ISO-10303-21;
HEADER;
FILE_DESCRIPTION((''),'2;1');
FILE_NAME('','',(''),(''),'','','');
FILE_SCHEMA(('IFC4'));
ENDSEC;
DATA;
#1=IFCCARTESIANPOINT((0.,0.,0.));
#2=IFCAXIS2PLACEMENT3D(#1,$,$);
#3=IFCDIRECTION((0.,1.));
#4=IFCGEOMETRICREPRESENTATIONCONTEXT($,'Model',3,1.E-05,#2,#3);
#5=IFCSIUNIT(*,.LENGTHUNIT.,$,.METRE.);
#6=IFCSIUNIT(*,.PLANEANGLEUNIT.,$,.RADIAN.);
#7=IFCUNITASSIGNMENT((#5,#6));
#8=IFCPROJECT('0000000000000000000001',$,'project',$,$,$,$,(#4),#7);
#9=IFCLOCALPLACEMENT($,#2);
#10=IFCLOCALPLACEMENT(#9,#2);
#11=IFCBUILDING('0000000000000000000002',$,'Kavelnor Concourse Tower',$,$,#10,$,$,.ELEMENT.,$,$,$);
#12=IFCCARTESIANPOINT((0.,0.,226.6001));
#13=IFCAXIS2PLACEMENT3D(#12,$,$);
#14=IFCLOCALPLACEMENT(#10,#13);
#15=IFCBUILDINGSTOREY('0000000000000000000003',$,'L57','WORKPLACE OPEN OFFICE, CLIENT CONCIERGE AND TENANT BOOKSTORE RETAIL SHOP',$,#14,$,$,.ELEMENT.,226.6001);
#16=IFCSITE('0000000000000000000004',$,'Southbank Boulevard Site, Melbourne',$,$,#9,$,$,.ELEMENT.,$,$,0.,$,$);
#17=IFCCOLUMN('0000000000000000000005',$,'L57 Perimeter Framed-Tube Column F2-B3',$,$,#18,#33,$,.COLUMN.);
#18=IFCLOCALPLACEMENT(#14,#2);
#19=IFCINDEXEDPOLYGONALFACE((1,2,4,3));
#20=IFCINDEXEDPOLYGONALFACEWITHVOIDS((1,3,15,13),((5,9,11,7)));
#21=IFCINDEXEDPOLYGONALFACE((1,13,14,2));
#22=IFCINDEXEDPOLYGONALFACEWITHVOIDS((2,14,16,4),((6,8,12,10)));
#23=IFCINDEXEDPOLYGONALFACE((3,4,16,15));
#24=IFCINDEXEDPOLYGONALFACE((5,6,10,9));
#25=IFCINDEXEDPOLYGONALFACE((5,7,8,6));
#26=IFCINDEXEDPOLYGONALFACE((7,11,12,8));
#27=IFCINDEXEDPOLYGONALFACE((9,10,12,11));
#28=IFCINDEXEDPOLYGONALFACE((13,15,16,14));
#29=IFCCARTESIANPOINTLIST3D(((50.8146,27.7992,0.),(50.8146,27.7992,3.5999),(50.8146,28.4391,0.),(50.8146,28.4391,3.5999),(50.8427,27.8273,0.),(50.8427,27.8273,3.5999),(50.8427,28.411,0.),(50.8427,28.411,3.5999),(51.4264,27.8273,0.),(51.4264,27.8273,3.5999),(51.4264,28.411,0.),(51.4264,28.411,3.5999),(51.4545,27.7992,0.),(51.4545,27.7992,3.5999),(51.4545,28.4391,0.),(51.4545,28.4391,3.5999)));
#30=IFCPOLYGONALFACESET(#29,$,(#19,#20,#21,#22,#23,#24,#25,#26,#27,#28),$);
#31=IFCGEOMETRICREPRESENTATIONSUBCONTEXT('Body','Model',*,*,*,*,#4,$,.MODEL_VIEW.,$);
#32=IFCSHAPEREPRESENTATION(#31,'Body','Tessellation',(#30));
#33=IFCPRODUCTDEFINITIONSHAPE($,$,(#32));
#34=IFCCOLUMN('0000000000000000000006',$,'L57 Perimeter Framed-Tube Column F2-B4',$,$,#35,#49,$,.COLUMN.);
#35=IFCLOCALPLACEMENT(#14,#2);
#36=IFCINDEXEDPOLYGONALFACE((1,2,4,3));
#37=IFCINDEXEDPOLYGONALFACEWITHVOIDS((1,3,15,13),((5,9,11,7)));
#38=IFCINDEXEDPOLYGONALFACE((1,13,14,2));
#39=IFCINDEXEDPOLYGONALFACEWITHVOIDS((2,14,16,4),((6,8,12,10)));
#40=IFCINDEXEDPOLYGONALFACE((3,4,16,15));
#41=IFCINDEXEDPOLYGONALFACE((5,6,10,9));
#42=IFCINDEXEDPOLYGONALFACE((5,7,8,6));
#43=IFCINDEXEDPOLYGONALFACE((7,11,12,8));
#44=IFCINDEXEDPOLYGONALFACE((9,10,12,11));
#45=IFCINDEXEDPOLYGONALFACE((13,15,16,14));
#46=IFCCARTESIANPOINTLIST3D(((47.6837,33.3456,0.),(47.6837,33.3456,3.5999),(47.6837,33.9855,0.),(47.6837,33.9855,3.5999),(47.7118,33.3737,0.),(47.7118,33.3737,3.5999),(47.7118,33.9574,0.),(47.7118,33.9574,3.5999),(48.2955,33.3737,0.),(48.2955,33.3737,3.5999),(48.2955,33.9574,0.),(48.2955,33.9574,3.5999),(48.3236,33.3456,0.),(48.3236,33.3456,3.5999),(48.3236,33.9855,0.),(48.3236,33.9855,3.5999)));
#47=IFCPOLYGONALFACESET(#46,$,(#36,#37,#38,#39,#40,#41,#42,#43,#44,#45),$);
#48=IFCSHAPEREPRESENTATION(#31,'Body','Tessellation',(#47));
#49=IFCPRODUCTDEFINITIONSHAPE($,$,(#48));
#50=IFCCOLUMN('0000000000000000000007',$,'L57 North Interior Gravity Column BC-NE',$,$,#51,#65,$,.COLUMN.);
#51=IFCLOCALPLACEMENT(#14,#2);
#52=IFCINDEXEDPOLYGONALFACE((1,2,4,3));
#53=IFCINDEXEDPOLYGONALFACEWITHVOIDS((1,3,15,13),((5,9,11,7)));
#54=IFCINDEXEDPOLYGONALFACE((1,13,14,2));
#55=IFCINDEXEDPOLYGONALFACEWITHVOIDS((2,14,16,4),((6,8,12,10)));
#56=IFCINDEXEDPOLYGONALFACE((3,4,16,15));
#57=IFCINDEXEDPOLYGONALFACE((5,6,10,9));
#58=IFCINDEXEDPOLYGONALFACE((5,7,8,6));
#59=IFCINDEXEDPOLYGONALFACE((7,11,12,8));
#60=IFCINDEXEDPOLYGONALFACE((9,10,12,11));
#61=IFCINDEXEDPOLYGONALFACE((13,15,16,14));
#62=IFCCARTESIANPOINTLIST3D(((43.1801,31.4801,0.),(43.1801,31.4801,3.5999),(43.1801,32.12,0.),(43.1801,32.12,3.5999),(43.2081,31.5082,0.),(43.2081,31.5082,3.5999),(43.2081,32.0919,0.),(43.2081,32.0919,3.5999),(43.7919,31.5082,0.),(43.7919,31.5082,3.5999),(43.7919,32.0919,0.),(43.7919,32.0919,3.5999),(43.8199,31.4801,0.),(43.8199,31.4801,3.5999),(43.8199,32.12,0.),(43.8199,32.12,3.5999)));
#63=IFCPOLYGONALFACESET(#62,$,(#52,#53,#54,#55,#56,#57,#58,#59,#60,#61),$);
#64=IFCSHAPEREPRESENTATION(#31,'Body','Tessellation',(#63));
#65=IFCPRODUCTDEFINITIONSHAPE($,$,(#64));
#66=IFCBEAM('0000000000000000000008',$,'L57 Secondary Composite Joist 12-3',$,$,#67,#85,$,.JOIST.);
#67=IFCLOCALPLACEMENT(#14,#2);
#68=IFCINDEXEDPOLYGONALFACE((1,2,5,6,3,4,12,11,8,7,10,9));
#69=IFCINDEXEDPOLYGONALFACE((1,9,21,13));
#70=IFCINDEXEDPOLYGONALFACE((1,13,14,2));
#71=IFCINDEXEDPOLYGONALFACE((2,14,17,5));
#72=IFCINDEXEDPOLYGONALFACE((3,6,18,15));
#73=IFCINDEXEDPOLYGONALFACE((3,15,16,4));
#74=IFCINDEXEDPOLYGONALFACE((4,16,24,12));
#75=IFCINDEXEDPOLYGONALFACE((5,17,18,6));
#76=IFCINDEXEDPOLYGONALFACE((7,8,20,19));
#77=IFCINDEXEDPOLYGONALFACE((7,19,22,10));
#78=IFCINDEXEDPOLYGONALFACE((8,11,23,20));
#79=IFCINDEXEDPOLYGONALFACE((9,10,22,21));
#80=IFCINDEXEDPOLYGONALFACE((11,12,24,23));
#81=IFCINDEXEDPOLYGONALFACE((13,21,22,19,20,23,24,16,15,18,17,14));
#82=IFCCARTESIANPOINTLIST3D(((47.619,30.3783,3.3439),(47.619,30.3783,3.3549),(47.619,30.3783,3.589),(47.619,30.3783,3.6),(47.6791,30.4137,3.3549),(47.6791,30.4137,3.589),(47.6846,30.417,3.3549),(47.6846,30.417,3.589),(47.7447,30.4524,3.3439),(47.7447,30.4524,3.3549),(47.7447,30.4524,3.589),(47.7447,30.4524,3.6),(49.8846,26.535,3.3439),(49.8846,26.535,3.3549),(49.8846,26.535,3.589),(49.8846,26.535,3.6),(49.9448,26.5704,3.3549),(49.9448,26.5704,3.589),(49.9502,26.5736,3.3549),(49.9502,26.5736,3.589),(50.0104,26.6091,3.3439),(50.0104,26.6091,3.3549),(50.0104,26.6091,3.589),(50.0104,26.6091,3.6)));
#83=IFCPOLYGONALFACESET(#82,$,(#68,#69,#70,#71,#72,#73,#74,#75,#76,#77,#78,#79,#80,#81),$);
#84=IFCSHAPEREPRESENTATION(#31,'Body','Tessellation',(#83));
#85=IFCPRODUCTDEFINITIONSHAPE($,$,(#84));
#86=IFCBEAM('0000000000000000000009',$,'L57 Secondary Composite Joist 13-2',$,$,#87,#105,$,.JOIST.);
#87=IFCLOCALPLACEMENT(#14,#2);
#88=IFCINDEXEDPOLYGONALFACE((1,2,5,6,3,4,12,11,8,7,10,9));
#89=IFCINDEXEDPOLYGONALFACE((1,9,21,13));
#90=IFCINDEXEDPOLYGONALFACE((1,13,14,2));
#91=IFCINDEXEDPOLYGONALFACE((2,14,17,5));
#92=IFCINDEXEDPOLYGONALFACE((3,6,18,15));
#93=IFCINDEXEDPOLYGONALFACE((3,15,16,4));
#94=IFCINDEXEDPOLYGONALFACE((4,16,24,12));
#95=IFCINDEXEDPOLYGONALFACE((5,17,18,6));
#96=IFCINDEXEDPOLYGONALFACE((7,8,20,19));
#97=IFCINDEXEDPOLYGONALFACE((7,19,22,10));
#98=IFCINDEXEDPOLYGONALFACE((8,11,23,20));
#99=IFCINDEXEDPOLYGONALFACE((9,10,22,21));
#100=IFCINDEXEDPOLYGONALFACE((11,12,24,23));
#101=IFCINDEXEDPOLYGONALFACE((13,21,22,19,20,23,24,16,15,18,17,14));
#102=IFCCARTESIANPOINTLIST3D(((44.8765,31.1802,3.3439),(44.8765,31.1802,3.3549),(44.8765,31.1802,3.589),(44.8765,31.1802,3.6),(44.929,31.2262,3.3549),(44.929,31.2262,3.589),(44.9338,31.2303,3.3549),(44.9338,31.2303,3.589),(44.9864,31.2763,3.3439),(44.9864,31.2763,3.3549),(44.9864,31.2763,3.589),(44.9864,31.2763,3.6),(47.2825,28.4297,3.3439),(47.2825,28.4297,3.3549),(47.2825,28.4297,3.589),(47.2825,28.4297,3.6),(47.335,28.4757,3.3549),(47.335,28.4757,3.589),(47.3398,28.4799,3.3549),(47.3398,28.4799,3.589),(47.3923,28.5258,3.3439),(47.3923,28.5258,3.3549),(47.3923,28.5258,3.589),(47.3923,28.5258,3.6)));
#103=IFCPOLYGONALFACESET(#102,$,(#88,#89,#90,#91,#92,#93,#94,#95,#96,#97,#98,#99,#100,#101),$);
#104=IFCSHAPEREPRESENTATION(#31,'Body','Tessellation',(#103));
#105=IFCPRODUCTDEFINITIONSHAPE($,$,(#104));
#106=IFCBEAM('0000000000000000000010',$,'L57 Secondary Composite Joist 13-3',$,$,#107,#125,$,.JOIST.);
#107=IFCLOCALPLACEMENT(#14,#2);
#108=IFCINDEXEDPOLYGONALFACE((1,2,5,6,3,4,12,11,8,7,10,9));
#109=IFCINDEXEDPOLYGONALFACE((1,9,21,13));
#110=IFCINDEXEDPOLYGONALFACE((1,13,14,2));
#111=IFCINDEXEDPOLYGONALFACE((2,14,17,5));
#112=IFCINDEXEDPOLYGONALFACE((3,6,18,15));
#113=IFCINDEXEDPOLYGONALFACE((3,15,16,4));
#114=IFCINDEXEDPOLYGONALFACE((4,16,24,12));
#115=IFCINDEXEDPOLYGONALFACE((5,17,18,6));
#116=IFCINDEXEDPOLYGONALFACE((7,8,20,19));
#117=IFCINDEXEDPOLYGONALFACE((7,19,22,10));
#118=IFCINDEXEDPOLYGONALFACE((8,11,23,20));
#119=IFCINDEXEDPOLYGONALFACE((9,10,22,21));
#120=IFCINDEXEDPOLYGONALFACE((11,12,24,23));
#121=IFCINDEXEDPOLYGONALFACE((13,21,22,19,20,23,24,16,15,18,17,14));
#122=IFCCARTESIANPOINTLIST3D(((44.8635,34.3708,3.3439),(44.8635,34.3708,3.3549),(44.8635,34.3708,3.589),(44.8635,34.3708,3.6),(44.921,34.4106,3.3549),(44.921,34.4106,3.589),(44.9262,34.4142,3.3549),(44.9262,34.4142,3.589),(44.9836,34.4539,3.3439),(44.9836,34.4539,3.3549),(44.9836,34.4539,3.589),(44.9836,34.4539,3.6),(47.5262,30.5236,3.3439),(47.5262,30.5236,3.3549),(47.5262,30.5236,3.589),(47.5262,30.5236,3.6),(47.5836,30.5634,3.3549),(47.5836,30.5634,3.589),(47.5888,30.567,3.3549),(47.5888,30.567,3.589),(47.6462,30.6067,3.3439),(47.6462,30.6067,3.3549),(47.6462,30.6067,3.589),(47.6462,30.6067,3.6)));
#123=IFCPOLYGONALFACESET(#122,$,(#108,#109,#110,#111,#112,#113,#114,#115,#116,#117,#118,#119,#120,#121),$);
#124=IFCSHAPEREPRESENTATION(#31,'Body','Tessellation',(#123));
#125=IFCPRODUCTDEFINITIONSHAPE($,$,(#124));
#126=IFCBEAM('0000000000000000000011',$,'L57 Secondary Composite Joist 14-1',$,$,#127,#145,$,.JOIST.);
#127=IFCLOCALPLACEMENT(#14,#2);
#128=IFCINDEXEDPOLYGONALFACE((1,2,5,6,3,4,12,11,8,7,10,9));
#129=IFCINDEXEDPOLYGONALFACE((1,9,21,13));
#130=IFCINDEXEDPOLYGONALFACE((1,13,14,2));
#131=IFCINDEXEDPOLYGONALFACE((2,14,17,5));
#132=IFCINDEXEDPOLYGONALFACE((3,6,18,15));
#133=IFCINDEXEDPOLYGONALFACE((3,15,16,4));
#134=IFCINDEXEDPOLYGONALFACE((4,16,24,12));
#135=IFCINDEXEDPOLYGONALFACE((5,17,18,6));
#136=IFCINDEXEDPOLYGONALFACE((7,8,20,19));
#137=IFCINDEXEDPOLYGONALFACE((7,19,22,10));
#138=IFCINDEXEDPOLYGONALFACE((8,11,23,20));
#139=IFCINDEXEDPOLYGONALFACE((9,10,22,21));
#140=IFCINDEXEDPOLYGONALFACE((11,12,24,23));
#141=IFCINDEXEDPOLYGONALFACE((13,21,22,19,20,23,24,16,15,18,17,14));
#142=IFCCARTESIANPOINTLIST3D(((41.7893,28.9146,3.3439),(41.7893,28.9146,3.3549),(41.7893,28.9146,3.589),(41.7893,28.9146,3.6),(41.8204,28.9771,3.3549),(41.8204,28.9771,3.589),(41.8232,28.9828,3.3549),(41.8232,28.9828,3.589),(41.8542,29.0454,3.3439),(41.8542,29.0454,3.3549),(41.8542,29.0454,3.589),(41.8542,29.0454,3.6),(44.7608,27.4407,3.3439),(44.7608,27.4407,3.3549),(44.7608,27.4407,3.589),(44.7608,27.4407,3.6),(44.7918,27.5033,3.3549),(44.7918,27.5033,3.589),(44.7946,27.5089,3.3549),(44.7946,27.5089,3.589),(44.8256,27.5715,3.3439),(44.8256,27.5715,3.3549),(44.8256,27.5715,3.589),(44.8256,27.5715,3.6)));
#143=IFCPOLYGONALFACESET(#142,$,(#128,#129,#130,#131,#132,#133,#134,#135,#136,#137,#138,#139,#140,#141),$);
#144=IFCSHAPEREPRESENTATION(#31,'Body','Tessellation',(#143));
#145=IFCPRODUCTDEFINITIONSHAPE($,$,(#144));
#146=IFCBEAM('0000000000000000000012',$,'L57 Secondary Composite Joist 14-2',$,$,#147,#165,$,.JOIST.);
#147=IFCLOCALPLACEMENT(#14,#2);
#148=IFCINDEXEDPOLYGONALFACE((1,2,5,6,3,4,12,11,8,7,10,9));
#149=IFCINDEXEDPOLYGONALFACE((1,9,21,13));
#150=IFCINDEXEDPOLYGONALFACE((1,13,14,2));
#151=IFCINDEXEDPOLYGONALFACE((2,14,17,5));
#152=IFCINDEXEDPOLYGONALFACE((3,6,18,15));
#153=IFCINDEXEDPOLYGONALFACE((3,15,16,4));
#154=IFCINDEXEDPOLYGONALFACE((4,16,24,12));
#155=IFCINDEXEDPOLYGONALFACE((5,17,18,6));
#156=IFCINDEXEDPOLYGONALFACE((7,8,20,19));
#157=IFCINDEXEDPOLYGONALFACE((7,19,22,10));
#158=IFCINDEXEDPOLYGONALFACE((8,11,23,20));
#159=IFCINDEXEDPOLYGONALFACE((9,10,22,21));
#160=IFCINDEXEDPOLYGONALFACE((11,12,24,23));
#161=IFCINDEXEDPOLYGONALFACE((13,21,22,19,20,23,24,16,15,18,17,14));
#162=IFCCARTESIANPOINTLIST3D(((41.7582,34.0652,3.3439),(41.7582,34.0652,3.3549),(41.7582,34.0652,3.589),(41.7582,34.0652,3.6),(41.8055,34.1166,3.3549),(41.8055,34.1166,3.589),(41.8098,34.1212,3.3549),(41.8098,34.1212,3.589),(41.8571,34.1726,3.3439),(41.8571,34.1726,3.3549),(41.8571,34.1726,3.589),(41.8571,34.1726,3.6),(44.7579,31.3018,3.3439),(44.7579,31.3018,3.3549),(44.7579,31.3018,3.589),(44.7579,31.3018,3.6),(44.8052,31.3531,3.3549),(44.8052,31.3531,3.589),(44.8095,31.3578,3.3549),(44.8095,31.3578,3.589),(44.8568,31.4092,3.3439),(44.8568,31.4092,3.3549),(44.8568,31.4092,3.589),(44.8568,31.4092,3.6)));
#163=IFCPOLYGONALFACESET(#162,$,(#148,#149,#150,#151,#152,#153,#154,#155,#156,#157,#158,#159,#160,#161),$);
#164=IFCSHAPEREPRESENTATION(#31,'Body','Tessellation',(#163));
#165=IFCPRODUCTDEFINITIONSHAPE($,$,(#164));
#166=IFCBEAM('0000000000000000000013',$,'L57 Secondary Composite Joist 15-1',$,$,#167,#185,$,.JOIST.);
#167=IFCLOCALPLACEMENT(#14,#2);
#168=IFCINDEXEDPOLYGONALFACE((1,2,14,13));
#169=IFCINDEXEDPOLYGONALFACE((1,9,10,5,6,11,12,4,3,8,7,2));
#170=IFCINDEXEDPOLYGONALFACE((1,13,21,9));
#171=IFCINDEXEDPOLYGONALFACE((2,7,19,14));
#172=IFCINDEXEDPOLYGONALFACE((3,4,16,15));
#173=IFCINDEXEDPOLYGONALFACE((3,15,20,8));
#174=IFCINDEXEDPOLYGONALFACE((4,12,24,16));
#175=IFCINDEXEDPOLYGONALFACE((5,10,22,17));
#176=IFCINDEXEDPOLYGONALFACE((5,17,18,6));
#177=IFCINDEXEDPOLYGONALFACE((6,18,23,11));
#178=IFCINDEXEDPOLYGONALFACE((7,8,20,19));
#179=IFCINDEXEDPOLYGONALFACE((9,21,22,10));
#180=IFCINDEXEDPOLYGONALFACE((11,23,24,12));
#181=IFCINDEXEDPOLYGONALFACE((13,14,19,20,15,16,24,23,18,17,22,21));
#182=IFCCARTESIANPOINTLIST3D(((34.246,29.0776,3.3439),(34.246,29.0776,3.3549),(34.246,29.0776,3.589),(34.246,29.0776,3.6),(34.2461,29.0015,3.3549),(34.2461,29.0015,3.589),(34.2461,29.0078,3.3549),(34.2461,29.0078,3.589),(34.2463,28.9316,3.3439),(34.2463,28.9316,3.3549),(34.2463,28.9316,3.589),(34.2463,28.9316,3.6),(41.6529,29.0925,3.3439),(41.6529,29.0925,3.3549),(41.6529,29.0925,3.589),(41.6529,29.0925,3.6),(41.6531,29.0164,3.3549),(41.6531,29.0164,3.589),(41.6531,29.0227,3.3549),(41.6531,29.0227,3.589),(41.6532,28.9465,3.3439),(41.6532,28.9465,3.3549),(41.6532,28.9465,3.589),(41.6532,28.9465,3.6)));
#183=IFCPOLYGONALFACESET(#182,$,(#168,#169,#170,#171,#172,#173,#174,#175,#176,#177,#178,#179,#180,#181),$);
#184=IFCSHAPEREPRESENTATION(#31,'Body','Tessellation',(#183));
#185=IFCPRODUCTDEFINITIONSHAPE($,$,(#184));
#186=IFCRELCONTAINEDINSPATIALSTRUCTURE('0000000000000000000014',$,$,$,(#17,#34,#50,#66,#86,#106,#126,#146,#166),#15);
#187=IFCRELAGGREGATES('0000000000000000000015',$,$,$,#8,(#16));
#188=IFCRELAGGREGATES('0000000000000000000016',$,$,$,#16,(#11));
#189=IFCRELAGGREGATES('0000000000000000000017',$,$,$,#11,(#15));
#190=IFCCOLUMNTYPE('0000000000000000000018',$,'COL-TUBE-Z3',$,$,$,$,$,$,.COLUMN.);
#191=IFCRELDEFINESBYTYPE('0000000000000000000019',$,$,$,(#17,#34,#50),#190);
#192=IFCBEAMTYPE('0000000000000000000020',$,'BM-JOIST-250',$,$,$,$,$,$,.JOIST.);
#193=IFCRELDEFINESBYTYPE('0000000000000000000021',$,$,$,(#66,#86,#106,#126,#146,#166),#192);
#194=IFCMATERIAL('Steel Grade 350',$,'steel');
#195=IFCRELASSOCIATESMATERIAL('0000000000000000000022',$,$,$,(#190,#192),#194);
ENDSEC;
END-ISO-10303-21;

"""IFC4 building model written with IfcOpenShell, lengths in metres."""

from ifc_helpers import new_model, si_unit, direction, frame, origin, origin_2d, place, context, subcontext, project, spatial, hollow_rectangle, i_section, extrude, material, material_profile, profile_set, type_object, element, save


model = new_model("IFC4")

# Units and contexts
model_context = context("Model", 3, precision=1e-05, world=origin(), true_north=direction((0.0, 1.0)))
body_context = subcontext(model_context, "Body", "Model", "MODEL_VIEW")
ifc_project = project(units=[si_unit("LENGTHUNIT", "METRE"), si_unit("PLANEANGLEUNIT", "RADIAN")], contexts=[model_context])

# Site, building, storey
site_placement = place(None, origin())
site = spatial("IfcSite", under=ifc_project, at=site_placement, Name="Southbank Boulevard Site, Melbourne", CompositionType="ELEMENT", RefElevation=0.0)
building_placement = place(site_placement, origin())
building = spatial("IfcBuilding", under=site, at=building_placement, Name="Kavelnor Concourse Tower", CompositionType="ELEMENT")
storey_placement = place(building_placement, frame((0.0, 0.0, 226.6001)))
storey = spatial("IfcBuildingStorey", under=building, at=storey_placement, Name="L57", Description="WORKPLACE OPEN OFFICE, CLIENT CONCIERGE AND TENANT BOOKSTORE RETAIL SHOP", CompositionType="ELEMENT", Elevation=226.6001)

# Columns
ifc_material_1 = material(Name="Steel Grade 350", Category="steel")
ifc_material_profile_1 = material_profile(ifc_material_1, hollow_rectangle(XDim=0.6399, YDim=0.6399, WallThickness=0.0281, at=origin_2d()), Name="SHS 640x640x28")
ifc_profile_set_1 = profile_set([ifc_material_profile_1], Name="Steel Grade 350")
column_type = type_object("IfcColumnType", Name="COL-TUBE-Z3", PredefinedType="COLUMN", material=ifc_profile_set_1)
for number, where, z_axis, x_axis, name in (
    (1, (51.1345, 28.1191, 0.0), (0.0, 0.0, 1.0), (1.0, 0.0, 0.0), "L57 Perimeter Framed-Tube Column F2-B3"),
    (2, (48.0037, 33.6655, 0.0), (0.0, 0.0, 1.0), (1.0, 0.0, 0.0), "L57 Perimeter Framed-Tube Column F2-B4"),
    (3, (43.5, 31.8, 0.0), (0.0, 0.0, 1.0), (1.0, 0.0, 0.0), "L57 North Interior Gravity Column BC-NE"),
):
    element("IfcColumn", number, at=place(storey_placement, frame(where, z_axis=z_axis, x_axis=x_axis)), inside=storey, type_object=column_type, Name=name, PredefinedType="COLUMN", context=body_context, shape_type="SweptSolid", body=[
        extrude(hollow_rectangle(XDim=0.6399, YDim=0.6399, WallThickness=0.0281, at=origin_2d()), origin(), (0.0, 0.0, 1.0), 3.5999),
    ])

# Beams
ifc_material_profile_2 = material_profile(ifc_material_1, i_section(OverallWidth=0.146, OverallDepth=0.2561, WebThickness=0.0063, FlangeThickness=0.011, at=origin_2d()), Name="250UB37")
ifc_profile_set_2 = profile_set([ifc_material_profile_2], Name="Steel Grade 350")
beam_type_1 = type_object("IfcBeamType", Name="BM-JOIST-250", PredefinedType="JOIST", material=ifc_profile_set_2)
beam_1_placement = place(storey_placement, frame((49.9475, 26.572, 3.4719), z_axis=(-0.507833, 0.861456, 0.0), x_axis=(-0.861456, -0.507833, 0.0)))
element("IfcBeam", 4, at=beam_1_placement, inside=storey, type_object=beam_type_1, Name="L57 Secondary Composite Joist 12-3", PredefinedType="JOIST", context=body_context, shape_type="SweptSolid", body=[
    extrude(i_section(OverallWidth=0.146, OverallDepth=0.2561, WebThickness=0.0063, FlangeThickness=0.011, at=origin_2d()), origin(), (0.0, 0.0, 1.0), 4.4614),
])
beam_2_placement = place(storey_placement, frame((47.3374, 28.4778, 3.4719), z_axis=(-0.658401, 0.752668, 0.0), x_axis=(-0.752668, -0.658401, 0.0)))
element("IfcBeam", 5, at=beam_2_placement, inside=storey, type_object=beam_type_1, Name="L57 Secondary Composite Joist 13-2", PredefinedType="JOIST", context=body_context, shape_type="SweptSolid", body=[
    extrude(i_section(OverallWidth=0.146, OverallDepth=0.2561, WebThickness=0.0063, FlangeThickness=0.011, at=origin_2d()), origin(), (0.0, 0.0, 1.0), 3.6543),
])
beam_3_placement = place(storey_placement, frame((47.5862, 30.5652, 3.4719), z_axis=(-0.569091, 0.822275, 0.0), x_axis=(-0.822275, -0.569091, 0.0)))
element("IfcBeam", 6, at=beam_3_placement, inside=storey, type_object=beam_type_1, Name="L57 Secondary Composite Joist 13-3", PredefinedType="JOIST", context=body_context, shape_type="SweptSolid", body=[
    extrude(i_section(OverallWidth=0.146, OverallDepth=0.2561, WebThickness=0.0063, FlangeThickness=0.011, at=origin_2d()), origin(), (0.0, 0.0, 1.0), 4.6787),
])
beam_4_placement = place(storey_placement, frame((44.7932, 27.5061, 3.4719), z_axis=(-0.895851, 0.444355, 0.0), x_axis=(-0.444355, -0.895851, 0.0)))
element("IfcBeam", 7, at=beam_4_placement, inside=storey, type_object=beam_type_1, Name="L57 Secondary Composite Joist 14-1", PredefinedType="JOIST", context=body_context, shape_type="SweptSolid", body=[
    extrude(i_section(OverallWidth=0.146, OverallDepth=0.2561, WebThickness=0.0063, FlangeThickness=0.011, at=origin_2d()), origin(), (0.0, 0.0, 1.0), 3.3169),
])
beam_5_placement = place(storey_placement, frame((44.8074, 31.3555, 3.4719), z_axis=(-0.735485, 0.677541, 0.0), x_axis=(-0.677541, -0.735485, 0.0)))
element("IfcBeam", 8, at=beam_5_placement, inside=storey, type_object=beam_type_1, Name="L57 Secondary Composite Joist 14-2", PredefinedType="JOIST", context=body_context, shape_type="SweptSolid", body=[
    extrude(i_section(OverallWidth=0.146, OverallDepth=0.2561, WebThickness=0.0063, FlangeThickness=0.011, at=origin_2d()), origin(), (0.0, 0.0, 1.0), 4.0786),
])
beam_6_placement = place(storey_placement, frame((41.6531, 29.0195, 3.4719), z_axis=(-0.999998, -0.002011, 0.0), x_axis=(0.002011, -0.999998, 0.0)))
element("IfcBeam", 9, at=beam_6_placement, inside=storey, type_object=beam_type_1, Name="L57 Secondary Composite Joist 15-1", PredefinedType="JOIST", context=body_context, shape_type="SweptSolid", body=[
    extrude(i_section(OverallWidth=0.146, OverallDepth=0.2561, WebThickness=0.0063, FlangeThickness=0.011, at=origin_2d()), origin(), (0.0, 0.0, 1.0), 7.407),
])

save(model, "model.ifc")
